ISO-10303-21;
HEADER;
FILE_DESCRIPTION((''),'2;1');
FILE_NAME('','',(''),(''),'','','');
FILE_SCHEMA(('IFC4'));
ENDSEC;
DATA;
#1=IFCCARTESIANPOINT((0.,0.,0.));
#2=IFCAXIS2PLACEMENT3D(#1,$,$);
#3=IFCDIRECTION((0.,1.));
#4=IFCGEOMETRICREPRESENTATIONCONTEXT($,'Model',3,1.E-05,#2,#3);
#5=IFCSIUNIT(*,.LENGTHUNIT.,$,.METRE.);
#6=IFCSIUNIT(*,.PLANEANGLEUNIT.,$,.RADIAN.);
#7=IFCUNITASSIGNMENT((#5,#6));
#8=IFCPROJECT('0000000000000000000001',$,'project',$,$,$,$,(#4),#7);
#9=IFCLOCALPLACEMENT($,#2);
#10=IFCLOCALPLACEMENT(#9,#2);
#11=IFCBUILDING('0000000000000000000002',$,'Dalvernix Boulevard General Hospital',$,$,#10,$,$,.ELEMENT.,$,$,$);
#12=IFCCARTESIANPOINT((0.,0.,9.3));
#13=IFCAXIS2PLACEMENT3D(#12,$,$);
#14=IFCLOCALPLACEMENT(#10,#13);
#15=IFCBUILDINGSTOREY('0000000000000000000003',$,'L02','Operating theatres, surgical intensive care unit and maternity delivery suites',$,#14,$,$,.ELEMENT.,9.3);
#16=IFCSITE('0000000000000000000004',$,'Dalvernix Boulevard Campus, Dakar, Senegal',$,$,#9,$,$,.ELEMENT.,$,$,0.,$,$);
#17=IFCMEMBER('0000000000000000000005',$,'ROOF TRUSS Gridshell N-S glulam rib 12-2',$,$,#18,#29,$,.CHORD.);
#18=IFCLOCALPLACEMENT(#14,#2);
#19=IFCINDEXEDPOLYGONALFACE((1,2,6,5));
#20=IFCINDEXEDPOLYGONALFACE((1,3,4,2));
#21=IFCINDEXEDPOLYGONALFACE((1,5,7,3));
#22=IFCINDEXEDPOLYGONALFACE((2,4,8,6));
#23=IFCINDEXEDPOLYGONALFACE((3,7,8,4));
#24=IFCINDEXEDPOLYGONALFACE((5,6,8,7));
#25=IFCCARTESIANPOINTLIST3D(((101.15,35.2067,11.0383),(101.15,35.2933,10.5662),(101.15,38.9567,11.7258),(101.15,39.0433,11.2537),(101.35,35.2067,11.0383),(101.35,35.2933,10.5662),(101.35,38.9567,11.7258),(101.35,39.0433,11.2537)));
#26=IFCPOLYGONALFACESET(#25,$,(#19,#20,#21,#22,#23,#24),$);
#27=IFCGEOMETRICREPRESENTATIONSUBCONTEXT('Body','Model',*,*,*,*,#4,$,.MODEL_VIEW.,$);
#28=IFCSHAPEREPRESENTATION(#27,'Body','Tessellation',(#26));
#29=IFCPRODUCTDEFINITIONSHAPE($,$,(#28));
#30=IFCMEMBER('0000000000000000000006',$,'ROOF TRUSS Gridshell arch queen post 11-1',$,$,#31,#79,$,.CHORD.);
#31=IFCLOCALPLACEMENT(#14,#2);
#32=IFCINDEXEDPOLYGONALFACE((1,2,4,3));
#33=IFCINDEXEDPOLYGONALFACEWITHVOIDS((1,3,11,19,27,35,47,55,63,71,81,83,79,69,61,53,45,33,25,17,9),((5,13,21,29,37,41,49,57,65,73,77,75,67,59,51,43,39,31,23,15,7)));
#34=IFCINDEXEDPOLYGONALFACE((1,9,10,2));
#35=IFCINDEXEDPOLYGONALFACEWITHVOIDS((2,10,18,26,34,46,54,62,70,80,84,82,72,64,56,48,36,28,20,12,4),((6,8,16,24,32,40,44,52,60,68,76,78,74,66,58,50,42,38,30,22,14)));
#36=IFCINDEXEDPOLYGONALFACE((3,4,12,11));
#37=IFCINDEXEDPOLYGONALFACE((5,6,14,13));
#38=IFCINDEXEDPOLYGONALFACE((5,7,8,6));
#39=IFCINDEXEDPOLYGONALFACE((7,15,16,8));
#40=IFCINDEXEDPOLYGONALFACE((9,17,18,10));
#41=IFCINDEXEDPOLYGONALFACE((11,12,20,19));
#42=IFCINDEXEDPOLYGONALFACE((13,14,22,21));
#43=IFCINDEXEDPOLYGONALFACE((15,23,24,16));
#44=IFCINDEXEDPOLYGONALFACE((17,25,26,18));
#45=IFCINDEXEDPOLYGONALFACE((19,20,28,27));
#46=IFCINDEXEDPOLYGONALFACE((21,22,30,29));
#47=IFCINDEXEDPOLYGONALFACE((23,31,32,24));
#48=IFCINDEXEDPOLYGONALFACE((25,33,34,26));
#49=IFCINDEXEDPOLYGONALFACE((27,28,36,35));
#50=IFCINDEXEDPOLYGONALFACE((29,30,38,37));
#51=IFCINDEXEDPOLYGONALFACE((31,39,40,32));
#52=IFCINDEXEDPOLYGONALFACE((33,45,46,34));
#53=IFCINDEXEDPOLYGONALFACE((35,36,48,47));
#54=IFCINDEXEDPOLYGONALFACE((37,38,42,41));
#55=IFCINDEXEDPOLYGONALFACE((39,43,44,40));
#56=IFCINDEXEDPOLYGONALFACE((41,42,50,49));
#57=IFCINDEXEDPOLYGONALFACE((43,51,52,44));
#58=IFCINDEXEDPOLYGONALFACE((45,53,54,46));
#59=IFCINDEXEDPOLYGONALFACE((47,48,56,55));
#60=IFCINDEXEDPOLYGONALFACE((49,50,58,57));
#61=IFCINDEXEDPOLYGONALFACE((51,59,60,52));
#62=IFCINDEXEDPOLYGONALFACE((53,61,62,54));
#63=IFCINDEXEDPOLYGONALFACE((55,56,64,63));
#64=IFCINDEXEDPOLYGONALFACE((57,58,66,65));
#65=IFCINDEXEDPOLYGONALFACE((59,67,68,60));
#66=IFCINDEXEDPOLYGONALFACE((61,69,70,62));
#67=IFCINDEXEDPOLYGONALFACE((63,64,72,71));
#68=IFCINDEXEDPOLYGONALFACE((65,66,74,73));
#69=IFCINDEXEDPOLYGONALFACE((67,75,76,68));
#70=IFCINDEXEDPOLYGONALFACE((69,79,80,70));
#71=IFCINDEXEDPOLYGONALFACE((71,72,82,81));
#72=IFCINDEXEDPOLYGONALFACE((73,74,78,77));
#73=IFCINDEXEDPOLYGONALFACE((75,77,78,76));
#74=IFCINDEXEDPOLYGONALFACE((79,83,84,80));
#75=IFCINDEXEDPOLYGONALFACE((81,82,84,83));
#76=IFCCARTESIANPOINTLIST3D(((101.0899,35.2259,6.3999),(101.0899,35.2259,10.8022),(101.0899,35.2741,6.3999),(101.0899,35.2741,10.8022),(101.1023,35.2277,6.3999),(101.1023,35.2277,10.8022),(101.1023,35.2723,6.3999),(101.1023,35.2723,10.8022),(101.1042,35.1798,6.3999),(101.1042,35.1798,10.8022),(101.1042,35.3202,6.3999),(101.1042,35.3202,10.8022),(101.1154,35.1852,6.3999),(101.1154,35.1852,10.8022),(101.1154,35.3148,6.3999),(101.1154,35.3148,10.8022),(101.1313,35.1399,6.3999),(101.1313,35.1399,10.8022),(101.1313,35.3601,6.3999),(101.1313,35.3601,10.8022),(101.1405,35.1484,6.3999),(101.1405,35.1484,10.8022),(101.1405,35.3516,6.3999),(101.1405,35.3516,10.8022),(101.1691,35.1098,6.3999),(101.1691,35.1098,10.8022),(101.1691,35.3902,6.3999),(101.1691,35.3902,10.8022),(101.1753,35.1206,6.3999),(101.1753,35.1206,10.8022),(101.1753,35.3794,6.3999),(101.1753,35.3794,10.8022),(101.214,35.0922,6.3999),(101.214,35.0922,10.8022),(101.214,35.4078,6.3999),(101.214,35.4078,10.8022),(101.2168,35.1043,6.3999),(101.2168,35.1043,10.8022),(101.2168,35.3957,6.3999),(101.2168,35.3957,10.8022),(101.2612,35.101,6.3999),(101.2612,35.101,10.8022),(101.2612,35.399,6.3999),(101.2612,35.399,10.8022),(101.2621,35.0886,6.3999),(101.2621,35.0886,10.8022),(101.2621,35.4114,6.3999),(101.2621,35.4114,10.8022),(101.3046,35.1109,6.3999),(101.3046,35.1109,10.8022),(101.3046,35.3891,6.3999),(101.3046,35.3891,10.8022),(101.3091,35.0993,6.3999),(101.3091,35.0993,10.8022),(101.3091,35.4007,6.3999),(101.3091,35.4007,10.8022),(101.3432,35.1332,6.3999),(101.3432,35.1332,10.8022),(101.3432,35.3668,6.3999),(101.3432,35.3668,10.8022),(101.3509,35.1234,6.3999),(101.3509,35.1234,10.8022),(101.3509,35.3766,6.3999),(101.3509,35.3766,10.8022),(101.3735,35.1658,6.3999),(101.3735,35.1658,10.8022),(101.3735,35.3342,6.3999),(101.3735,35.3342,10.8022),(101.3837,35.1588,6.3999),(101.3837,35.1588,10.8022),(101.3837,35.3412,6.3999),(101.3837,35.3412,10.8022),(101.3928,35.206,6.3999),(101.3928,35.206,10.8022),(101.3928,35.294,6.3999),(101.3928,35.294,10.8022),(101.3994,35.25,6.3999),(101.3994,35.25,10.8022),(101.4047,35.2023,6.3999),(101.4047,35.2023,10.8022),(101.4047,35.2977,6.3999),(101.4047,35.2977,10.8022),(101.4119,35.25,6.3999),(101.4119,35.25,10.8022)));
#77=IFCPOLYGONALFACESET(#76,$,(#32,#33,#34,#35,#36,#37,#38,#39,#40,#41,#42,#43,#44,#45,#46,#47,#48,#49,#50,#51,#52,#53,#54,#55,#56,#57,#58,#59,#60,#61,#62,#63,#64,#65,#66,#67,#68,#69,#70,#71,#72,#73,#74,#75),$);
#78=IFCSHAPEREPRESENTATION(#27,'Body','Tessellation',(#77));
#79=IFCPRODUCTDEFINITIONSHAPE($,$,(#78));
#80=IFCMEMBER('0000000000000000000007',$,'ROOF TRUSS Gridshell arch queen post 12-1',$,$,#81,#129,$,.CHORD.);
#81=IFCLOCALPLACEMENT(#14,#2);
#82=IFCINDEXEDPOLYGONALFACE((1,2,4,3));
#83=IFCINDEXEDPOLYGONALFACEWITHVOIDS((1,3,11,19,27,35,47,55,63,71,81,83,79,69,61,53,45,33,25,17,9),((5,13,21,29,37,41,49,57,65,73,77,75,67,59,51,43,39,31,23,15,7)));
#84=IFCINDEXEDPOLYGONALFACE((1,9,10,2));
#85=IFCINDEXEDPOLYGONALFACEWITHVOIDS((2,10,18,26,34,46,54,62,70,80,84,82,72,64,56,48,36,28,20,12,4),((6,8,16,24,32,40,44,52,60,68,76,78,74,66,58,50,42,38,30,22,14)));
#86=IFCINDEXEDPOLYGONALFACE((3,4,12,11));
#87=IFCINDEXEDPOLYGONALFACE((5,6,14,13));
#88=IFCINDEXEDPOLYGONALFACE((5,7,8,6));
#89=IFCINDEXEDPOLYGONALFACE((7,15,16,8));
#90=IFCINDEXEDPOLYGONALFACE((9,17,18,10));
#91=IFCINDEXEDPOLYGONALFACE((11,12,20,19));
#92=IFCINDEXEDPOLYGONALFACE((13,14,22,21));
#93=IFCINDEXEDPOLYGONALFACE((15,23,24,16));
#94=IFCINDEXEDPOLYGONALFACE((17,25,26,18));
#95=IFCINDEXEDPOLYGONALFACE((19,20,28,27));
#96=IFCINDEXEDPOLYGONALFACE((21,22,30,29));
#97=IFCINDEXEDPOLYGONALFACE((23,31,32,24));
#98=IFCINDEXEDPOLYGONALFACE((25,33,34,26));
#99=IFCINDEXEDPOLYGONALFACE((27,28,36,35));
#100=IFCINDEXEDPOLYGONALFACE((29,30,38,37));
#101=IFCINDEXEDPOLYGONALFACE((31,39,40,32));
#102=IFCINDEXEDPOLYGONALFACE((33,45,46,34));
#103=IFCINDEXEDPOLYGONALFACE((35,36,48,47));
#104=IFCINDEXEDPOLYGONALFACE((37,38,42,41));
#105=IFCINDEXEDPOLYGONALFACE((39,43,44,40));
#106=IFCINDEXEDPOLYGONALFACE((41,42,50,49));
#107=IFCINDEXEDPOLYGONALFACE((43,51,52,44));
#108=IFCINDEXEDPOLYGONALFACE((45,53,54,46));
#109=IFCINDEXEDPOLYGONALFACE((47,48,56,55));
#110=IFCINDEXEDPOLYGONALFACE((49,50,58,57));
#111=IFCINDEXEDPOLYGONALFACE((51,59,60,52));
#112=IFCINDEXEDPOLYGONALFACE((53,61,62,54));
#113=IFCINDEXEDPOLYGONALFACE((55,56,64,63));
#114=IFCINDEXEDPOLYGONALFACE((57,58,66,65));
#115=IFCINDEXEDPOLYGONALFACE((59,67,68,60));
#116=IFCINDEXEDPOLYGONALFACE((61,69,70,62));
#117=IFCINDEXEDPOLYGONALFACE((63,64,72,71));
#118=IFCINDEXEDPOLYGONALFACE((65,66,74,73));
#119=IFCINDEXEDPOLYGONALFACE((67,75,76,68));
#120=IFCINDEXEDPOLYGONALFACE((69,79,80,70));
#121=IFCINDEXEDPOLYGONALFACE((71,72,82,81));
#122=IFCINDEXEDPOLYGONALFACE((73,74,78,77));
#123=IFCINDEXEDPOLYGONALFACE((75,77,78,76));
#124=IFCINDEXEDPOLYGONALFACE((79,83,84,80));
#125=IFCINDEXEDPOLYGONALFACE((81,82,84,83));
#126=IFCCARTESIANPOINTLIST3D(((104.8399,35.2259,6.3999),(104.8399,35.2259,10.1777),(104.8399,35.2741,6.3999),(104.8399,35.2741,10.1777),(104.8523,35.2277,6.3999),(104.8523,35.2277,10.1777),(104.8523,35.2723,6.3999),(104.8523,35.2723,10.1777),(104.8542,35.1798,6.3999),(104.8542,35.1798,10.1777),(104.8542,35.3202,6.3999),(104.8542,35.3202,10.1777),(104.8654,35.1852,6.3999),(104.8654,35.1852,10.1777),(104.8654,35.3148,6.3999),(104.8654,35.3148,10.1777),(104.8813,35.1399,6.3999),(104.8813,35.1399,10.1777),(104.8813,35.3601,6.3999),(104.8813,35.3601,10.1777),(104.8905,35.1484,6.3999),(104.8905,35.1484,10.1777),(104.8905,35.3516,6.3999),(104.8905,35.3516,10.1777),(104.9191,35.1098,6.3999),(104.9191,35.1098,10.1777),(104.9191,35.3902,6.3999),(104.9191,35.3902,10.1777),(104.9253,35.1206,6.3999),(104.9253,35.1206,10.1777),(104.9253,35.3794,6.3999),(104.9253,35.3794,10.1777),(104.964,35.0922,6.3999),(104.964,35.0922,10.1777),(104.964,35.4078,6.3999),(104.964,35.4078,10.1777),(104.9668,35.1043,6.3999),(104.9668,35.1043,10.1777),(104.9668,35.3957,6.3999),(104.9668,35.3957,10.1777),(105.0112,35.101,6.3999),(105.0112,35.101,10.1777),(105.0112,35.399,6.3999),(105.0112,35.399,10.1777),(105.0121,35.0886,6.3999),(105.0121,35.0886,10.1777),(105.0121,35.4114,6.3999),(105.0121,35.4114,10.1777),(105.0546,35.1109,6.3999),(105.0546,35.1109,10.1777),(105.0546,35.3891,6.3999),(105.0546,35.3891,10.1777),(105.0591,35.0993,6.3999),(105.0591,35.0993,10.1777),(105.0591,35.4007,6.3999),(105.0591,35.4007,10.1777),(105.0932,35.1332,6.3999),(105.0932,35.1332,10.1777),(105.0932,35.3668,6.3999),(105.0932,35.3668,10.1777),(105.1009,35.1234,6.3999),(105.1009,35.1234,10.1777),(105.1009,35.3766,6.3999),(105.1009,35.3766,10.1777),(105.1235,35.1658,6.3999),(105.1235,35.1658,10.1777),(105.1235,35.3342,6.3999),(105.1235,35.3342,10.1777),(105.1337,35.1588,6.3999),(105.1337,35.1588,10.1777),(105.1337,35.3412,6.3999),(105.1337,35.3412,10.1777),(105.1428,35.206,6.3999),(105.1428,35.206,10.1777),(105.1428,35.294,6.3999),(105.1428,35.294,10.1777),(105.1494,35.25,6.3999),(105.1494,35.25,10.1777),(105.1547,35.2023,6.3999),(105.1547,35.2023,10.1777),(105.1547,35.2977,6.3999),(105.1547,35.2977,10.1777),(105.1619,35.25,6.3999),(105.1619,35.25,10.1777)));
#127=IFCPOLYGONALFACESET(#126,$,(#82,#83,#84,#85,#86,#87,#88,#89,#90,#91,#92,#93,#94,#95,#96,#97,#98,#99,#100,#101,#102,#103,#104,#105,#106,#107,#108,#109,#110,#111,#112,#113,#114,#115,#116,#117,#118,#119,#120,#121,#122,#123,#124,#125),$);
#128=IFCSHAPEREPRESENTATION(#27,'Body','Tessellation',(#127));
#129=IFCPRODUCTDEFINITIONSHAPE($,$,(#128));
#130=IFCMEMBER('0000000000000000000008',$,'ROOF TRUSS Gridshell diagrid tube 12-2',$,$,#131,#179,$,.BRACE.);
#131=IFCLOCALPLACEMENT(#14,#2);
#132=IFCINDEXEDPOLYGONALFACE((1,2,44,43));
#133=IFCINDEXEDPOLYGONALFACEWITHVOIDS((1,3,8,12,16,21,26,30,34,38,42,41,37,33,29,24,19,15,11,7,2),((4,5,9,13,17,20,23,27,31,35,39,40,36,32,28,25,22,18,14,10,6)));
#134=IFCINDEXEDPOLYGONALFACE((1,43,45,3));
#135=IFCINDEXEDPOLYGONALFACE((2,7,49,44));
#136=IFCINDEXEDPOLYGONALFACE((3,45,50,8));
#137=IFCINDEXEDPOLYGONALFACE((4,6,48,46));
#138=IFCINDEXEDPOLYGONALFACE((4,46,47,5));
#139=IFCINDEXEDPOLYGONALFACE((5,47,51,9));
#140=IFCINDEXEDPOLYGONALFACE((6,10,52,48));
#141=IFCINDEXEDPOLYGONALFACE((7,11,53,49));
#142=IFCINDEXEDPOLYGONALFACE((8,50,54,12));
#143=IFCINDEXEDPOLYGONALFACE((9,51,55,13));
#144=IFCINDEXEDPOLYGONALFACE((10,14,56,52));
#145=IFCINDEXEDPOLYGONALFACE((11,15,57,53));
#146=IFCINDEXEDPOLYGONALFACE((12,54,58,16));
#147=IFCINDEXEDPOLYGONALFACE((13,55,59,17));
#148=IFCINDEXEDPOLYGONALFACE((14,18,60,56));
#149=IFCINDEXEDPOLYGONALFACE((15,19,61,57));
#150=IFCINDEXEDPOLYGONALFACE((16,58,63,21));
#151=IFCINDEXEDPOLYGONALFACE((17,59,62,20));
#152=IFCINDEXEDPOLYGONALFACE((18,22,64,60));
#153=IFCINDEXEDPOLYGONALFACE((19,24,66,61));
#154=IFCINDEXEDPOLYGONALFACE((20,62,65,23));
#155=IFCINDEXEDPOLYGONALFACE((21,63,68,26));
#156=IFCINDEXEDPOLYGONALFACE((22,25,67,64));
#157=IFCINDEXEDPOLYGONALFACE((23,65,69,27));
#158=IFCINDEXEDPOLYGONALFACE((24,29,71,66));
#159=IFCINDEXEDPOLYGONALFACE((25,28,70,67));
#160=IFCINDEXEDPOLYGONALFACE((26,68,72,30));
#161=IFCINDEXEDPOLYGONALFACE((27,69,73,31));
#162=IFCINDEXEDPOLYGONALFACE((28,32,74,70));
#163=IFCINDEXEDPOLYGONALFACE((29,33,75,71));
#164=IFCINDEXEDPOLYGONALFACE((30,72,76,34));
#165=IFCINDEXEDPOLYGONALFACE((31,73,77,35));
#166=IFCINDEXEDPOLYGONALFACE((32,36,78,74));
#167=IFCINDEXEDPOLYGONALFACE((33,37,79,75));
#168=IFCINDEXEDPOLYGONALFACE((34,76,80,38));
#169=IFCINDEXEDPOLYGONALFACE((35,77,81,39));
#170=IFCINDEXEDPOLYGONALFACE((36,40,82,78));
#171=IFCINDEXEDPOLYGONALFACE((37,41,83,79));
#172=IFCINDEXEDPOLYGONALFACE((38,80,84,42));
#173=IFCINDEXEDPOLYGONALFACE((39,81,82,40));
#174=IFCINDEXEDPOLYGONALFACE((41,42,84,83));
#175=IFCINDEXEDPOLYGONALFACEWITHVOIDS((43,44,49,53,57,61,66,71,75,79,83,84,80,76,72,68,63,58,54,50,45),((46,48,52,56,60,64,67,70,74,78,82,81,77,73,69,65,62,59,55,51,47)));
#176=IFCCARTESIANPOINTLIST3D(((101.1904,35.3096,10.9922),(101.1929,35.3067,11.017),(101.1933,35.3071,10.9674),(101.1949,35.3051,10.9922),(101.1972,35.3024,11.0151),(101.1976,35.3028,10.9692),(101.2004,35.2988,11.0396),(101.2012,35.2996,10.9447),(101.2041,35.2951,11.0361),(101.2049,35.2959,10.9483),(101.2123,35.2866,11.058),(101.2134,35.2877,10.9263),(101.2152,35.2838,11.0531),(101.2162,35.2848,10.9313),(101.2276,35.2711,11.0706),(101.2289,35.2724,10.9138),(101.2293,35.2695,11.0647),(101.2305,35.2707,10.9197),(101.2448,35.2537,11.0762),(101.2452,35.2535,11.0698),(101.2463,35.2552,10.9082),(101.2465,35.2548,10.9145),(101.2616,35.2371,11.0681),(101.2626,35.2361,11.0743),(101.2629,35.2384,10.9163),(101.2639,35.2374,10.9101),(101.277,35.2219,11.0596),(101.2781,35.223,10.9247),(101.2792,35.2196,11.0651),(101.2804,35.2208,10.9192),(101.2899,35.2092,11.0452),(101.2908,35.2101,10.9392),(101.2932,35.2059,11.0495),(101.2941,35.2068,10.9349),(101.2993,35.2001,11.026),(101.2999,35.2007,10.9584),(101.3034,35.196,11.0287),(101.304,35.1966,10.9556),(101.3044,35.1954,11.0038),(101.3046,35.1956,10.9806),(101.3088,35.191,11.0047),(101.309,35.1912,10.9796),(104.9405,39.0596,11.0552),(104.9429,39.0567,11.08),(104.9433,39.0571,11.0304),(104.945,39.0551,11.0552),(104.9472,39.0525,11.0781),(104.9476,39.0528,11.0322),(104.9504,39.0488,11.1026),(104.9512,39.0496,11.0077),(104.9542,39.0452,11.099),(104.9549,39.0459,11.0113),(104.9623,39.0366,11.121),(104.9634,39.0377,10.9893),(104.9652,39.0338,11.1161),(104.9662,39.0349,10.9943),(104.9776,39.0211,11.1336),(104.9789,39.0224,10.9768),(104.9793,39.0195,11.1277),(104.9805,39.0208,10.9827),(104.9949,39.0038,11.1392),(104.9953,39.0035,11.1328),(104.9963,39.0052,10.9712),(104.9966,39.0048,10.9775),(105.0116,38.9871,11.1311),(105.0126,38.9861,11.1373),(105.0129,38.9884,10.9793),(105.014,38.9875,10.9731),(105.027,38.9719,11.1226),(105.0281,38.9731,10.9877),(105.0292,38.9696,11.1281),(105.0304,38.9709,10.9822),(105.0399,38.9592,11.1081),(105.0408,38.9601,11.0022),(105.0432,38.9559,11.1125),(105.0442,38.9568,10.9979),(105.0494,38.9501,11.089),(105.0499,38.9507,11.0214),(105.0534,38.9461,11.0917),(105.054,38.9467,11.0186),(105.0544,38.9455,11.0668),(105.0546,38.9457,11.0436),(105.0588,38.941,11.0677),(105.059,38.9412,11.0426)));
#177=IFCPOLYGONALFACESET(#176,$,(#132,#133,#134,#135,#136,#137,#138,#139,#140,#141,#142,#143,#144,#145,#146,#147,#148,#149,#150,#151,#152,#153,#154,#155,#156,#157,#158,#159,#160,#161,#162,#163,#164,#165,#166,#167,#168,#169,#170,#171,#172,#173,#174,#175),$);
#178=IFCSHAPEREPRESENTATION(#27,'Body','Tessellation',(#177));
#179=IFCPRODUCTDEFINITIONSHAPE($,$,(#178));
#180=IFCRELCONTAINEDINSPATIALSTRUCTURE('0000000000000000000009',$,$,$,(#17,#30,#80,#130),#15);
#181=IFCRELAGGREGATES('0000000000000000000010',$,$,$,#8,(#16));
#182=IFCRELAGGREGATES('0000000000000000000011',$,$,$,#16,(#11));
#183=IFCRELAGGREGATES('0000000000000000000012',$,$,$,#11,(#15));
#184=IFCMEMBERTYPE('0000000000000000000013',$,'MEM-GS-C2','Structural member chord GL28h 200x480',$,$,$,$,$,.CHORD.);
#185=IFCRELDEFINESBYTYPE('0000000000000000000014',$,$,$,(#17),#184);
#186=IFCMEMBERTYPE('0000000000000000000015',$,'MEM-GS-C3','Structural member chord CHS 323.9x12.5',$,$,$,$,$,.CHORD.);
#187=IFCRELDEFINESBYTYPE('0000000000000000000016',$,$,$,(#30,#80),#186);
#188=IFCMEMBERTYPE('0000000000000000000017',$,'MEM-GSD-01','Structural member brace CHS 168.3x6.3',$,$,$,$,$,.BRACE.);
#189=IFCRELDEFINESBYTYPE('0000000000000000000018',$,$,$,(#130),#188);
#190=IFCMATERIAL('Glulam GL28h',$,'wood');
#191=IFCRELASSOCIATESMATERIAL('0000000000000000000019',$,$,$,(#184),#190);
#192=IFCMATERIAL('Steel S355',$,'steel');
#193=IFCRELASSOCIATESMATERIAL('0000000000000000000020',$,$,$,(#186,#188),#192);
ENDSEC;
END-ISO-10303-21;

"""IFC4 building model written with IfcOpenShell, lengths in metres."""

from ifc_helpers import new_model, si_unit, direction, frame, origin, origin_2d, place, context, subcontext, project, spatial, rectangle, hollow_circle, extrude, material, material_profile, profile_set, type_object, element, save


model = new_model("IFC4")

# Units and contexts
model_context = context("Model", 3, precision=1e-05, world=origin(), true_north=direction((0.0, 1.0)))
body_context = subcontext(model_context, "Body", "Model", "MODEL_VIEW")
ifc_project = project(units=[si_unit("LENGTHUNIT", "METRE"), si_unit("PLANEANGLEUNIT", "RADIAN")], contexts=[model_context])

# Site, building, storey
site_placement = place(None, origin())
site = spatial("IfcSite", under=ifc_project, at=site_placement, Name="Dalvernix Boulevard Campus, Dakar, Senegal", CompositionType="ELEMENT", RefElevation=0.0)
building_placement = place(site_placement, origin())
building = spatial("IfcBuilding", under=site, at=building_placement, Name="Dalvernix Boulevard General Hospital", CompositionType="ELEMENT")
storey_placement = place(building_placement, frame((0.0, 0.0, 9.3)))
storey = spatial("IfcBuildingStorey", under=building, at=storey_placement, Name="L02", Description="Operating theatres, surgical intensive care unit and maternity delivery suites", CompositionType="ELEMENT", Elevation=9.3)

# Shared definitions
ifc_material_1 = material(Name="Steel S355", Category="steel")

# Members
ifc_material_2 = material(Name="Glulam GL28h", Category="wood")
ifc_material_profile_1 = material_profile(ifc_material_2, rectangle(XDim=0.2, YDim=0.48, at=origin_2d()), Name="GL28h 200x480")
ifc_profile_set_1 = profile_set([ifc_material_profile_1], Name="Glulam GL28h")
member_type_1 = type_object("IfcMemberType", Name="MEM-GS-C2", Description="Structural member chord GL28h 200x480", PredefinedType="CHORD", material=ifc_profile_set_1)
member_1_placement = place(storey_placement, frame((101.25, 35.25, 10.8022), z_axis=(0.0, 0.983607, 0.180328), x_axis=(-1.0, 0.0, 0.0)))
element("IfcMember", 1, at=member_1_placement, inside=storey, type_object=member_type_1, Name="ROOF TRUSS Gridshell N-S glulam rib 12-2", PredefinedType="CHORD", context=body_context, shape_type="SweptSolid", body=[
    extrude(rectangle(XDim=0.2, YDim=0.48, at=origin_2d()), origin(), (0.0, 0.0, 1.0), 3.8125),
])
ifc_material_profile_2 = material_profile(ifc_material_1, hollow_circle(Radius=0.1619, WallThickness=0.0125, at=origin_2d()), Name="CHS 323.9x12.5")
ifc_profile_set_2 = profile_set([ifc_material_profile_2], Name="Steel S355")
member_type_2 = type_object("IfcMemberType", Name="MEM-GS-C3", Description="Structural member chord CHS 323.9x12.5", PredefinedType="CHORD", material=ifc_profile_set_2)
member_2_placement = place(storey_placement, frame((101.25, 35.25, 6.3999), z_axis=(0.0, 0.0, 1.0), x_axis=(1.0, 0.0, 0.0)))
element("IfcMember", 2, at=member_2_placement, inside=storey, type_object=member_type_2, Name="ROOF TRUSS Gridshell arch queen post 11-1", PredefinedType="CHORD", context=body_context, shape_type="SweptSolid", body=[
    extrude(hollow_circle(Radius=0.1619, WallThickness=0.0125, at=origin_2d()), origin(), (0.0, 0.0, 1.0), 4.4023),
])
member_3_placement = place(storey_placement, frame((105.0, 35.25, 6.3999), z_axis=(0.0, 0.0, 1.0), x_axis=(1.0, 0.0, 0.0)))
element("IfcMember", 3, at=member_3_placement, inside=storey, type_object=member_type_2, Name="ROOF TRUSS Gridshell arch queen post 12-1", PredefinedType="CHORD", context=body_context, shape_type="SweptSolid", body=[
    extrude(hollow_circle(Radius=0.1619, WallThickness=0.0125, at=origin_2d()), origin(), (0.0, 0.0, 1.0), 3.7778),
])
ifc_material_profile_3 = material_profile(ifc_material_1, hollow_circle(Radius=0.0842, WallThickness=0.0063, at=origin_2d()), Name="CHS 168.3x6.3")
ifc_profile_set_3 = profile_set([ifc_material_profile_3], Name="Steel S355")
member_type_3 = type_object("IfcMemberType", Name="MEM-GSD-01", Description="Structural member brace CHS 168.3x6.3", PredefinedType="BRACE", material=ifc_profile_set_3)
member_4_placement = place(storey_placement, frame((101.25, 35.25, 10.9922), z_axis=(0.707057, 0.707057, 0.011876), x_axis=(-0.707107, 0.707107, 0.0)))
element("IfcMember", 4, at=member_4_placement, inside=storey, type_object=member_type_3, Name="ROOF TRUSS Gridshell diagrid tube 12-2", PredefinedType="BRACE", context=body_context, shape_type="SweptSolid", body=[
    extrude(hollow_circle(Radius=0.0842, WallThickness=0.0063, at=origin_2d()), origin(), (0.0, 0.0, 1.0), 5.3037),
])

save(model, "model.ifc")
